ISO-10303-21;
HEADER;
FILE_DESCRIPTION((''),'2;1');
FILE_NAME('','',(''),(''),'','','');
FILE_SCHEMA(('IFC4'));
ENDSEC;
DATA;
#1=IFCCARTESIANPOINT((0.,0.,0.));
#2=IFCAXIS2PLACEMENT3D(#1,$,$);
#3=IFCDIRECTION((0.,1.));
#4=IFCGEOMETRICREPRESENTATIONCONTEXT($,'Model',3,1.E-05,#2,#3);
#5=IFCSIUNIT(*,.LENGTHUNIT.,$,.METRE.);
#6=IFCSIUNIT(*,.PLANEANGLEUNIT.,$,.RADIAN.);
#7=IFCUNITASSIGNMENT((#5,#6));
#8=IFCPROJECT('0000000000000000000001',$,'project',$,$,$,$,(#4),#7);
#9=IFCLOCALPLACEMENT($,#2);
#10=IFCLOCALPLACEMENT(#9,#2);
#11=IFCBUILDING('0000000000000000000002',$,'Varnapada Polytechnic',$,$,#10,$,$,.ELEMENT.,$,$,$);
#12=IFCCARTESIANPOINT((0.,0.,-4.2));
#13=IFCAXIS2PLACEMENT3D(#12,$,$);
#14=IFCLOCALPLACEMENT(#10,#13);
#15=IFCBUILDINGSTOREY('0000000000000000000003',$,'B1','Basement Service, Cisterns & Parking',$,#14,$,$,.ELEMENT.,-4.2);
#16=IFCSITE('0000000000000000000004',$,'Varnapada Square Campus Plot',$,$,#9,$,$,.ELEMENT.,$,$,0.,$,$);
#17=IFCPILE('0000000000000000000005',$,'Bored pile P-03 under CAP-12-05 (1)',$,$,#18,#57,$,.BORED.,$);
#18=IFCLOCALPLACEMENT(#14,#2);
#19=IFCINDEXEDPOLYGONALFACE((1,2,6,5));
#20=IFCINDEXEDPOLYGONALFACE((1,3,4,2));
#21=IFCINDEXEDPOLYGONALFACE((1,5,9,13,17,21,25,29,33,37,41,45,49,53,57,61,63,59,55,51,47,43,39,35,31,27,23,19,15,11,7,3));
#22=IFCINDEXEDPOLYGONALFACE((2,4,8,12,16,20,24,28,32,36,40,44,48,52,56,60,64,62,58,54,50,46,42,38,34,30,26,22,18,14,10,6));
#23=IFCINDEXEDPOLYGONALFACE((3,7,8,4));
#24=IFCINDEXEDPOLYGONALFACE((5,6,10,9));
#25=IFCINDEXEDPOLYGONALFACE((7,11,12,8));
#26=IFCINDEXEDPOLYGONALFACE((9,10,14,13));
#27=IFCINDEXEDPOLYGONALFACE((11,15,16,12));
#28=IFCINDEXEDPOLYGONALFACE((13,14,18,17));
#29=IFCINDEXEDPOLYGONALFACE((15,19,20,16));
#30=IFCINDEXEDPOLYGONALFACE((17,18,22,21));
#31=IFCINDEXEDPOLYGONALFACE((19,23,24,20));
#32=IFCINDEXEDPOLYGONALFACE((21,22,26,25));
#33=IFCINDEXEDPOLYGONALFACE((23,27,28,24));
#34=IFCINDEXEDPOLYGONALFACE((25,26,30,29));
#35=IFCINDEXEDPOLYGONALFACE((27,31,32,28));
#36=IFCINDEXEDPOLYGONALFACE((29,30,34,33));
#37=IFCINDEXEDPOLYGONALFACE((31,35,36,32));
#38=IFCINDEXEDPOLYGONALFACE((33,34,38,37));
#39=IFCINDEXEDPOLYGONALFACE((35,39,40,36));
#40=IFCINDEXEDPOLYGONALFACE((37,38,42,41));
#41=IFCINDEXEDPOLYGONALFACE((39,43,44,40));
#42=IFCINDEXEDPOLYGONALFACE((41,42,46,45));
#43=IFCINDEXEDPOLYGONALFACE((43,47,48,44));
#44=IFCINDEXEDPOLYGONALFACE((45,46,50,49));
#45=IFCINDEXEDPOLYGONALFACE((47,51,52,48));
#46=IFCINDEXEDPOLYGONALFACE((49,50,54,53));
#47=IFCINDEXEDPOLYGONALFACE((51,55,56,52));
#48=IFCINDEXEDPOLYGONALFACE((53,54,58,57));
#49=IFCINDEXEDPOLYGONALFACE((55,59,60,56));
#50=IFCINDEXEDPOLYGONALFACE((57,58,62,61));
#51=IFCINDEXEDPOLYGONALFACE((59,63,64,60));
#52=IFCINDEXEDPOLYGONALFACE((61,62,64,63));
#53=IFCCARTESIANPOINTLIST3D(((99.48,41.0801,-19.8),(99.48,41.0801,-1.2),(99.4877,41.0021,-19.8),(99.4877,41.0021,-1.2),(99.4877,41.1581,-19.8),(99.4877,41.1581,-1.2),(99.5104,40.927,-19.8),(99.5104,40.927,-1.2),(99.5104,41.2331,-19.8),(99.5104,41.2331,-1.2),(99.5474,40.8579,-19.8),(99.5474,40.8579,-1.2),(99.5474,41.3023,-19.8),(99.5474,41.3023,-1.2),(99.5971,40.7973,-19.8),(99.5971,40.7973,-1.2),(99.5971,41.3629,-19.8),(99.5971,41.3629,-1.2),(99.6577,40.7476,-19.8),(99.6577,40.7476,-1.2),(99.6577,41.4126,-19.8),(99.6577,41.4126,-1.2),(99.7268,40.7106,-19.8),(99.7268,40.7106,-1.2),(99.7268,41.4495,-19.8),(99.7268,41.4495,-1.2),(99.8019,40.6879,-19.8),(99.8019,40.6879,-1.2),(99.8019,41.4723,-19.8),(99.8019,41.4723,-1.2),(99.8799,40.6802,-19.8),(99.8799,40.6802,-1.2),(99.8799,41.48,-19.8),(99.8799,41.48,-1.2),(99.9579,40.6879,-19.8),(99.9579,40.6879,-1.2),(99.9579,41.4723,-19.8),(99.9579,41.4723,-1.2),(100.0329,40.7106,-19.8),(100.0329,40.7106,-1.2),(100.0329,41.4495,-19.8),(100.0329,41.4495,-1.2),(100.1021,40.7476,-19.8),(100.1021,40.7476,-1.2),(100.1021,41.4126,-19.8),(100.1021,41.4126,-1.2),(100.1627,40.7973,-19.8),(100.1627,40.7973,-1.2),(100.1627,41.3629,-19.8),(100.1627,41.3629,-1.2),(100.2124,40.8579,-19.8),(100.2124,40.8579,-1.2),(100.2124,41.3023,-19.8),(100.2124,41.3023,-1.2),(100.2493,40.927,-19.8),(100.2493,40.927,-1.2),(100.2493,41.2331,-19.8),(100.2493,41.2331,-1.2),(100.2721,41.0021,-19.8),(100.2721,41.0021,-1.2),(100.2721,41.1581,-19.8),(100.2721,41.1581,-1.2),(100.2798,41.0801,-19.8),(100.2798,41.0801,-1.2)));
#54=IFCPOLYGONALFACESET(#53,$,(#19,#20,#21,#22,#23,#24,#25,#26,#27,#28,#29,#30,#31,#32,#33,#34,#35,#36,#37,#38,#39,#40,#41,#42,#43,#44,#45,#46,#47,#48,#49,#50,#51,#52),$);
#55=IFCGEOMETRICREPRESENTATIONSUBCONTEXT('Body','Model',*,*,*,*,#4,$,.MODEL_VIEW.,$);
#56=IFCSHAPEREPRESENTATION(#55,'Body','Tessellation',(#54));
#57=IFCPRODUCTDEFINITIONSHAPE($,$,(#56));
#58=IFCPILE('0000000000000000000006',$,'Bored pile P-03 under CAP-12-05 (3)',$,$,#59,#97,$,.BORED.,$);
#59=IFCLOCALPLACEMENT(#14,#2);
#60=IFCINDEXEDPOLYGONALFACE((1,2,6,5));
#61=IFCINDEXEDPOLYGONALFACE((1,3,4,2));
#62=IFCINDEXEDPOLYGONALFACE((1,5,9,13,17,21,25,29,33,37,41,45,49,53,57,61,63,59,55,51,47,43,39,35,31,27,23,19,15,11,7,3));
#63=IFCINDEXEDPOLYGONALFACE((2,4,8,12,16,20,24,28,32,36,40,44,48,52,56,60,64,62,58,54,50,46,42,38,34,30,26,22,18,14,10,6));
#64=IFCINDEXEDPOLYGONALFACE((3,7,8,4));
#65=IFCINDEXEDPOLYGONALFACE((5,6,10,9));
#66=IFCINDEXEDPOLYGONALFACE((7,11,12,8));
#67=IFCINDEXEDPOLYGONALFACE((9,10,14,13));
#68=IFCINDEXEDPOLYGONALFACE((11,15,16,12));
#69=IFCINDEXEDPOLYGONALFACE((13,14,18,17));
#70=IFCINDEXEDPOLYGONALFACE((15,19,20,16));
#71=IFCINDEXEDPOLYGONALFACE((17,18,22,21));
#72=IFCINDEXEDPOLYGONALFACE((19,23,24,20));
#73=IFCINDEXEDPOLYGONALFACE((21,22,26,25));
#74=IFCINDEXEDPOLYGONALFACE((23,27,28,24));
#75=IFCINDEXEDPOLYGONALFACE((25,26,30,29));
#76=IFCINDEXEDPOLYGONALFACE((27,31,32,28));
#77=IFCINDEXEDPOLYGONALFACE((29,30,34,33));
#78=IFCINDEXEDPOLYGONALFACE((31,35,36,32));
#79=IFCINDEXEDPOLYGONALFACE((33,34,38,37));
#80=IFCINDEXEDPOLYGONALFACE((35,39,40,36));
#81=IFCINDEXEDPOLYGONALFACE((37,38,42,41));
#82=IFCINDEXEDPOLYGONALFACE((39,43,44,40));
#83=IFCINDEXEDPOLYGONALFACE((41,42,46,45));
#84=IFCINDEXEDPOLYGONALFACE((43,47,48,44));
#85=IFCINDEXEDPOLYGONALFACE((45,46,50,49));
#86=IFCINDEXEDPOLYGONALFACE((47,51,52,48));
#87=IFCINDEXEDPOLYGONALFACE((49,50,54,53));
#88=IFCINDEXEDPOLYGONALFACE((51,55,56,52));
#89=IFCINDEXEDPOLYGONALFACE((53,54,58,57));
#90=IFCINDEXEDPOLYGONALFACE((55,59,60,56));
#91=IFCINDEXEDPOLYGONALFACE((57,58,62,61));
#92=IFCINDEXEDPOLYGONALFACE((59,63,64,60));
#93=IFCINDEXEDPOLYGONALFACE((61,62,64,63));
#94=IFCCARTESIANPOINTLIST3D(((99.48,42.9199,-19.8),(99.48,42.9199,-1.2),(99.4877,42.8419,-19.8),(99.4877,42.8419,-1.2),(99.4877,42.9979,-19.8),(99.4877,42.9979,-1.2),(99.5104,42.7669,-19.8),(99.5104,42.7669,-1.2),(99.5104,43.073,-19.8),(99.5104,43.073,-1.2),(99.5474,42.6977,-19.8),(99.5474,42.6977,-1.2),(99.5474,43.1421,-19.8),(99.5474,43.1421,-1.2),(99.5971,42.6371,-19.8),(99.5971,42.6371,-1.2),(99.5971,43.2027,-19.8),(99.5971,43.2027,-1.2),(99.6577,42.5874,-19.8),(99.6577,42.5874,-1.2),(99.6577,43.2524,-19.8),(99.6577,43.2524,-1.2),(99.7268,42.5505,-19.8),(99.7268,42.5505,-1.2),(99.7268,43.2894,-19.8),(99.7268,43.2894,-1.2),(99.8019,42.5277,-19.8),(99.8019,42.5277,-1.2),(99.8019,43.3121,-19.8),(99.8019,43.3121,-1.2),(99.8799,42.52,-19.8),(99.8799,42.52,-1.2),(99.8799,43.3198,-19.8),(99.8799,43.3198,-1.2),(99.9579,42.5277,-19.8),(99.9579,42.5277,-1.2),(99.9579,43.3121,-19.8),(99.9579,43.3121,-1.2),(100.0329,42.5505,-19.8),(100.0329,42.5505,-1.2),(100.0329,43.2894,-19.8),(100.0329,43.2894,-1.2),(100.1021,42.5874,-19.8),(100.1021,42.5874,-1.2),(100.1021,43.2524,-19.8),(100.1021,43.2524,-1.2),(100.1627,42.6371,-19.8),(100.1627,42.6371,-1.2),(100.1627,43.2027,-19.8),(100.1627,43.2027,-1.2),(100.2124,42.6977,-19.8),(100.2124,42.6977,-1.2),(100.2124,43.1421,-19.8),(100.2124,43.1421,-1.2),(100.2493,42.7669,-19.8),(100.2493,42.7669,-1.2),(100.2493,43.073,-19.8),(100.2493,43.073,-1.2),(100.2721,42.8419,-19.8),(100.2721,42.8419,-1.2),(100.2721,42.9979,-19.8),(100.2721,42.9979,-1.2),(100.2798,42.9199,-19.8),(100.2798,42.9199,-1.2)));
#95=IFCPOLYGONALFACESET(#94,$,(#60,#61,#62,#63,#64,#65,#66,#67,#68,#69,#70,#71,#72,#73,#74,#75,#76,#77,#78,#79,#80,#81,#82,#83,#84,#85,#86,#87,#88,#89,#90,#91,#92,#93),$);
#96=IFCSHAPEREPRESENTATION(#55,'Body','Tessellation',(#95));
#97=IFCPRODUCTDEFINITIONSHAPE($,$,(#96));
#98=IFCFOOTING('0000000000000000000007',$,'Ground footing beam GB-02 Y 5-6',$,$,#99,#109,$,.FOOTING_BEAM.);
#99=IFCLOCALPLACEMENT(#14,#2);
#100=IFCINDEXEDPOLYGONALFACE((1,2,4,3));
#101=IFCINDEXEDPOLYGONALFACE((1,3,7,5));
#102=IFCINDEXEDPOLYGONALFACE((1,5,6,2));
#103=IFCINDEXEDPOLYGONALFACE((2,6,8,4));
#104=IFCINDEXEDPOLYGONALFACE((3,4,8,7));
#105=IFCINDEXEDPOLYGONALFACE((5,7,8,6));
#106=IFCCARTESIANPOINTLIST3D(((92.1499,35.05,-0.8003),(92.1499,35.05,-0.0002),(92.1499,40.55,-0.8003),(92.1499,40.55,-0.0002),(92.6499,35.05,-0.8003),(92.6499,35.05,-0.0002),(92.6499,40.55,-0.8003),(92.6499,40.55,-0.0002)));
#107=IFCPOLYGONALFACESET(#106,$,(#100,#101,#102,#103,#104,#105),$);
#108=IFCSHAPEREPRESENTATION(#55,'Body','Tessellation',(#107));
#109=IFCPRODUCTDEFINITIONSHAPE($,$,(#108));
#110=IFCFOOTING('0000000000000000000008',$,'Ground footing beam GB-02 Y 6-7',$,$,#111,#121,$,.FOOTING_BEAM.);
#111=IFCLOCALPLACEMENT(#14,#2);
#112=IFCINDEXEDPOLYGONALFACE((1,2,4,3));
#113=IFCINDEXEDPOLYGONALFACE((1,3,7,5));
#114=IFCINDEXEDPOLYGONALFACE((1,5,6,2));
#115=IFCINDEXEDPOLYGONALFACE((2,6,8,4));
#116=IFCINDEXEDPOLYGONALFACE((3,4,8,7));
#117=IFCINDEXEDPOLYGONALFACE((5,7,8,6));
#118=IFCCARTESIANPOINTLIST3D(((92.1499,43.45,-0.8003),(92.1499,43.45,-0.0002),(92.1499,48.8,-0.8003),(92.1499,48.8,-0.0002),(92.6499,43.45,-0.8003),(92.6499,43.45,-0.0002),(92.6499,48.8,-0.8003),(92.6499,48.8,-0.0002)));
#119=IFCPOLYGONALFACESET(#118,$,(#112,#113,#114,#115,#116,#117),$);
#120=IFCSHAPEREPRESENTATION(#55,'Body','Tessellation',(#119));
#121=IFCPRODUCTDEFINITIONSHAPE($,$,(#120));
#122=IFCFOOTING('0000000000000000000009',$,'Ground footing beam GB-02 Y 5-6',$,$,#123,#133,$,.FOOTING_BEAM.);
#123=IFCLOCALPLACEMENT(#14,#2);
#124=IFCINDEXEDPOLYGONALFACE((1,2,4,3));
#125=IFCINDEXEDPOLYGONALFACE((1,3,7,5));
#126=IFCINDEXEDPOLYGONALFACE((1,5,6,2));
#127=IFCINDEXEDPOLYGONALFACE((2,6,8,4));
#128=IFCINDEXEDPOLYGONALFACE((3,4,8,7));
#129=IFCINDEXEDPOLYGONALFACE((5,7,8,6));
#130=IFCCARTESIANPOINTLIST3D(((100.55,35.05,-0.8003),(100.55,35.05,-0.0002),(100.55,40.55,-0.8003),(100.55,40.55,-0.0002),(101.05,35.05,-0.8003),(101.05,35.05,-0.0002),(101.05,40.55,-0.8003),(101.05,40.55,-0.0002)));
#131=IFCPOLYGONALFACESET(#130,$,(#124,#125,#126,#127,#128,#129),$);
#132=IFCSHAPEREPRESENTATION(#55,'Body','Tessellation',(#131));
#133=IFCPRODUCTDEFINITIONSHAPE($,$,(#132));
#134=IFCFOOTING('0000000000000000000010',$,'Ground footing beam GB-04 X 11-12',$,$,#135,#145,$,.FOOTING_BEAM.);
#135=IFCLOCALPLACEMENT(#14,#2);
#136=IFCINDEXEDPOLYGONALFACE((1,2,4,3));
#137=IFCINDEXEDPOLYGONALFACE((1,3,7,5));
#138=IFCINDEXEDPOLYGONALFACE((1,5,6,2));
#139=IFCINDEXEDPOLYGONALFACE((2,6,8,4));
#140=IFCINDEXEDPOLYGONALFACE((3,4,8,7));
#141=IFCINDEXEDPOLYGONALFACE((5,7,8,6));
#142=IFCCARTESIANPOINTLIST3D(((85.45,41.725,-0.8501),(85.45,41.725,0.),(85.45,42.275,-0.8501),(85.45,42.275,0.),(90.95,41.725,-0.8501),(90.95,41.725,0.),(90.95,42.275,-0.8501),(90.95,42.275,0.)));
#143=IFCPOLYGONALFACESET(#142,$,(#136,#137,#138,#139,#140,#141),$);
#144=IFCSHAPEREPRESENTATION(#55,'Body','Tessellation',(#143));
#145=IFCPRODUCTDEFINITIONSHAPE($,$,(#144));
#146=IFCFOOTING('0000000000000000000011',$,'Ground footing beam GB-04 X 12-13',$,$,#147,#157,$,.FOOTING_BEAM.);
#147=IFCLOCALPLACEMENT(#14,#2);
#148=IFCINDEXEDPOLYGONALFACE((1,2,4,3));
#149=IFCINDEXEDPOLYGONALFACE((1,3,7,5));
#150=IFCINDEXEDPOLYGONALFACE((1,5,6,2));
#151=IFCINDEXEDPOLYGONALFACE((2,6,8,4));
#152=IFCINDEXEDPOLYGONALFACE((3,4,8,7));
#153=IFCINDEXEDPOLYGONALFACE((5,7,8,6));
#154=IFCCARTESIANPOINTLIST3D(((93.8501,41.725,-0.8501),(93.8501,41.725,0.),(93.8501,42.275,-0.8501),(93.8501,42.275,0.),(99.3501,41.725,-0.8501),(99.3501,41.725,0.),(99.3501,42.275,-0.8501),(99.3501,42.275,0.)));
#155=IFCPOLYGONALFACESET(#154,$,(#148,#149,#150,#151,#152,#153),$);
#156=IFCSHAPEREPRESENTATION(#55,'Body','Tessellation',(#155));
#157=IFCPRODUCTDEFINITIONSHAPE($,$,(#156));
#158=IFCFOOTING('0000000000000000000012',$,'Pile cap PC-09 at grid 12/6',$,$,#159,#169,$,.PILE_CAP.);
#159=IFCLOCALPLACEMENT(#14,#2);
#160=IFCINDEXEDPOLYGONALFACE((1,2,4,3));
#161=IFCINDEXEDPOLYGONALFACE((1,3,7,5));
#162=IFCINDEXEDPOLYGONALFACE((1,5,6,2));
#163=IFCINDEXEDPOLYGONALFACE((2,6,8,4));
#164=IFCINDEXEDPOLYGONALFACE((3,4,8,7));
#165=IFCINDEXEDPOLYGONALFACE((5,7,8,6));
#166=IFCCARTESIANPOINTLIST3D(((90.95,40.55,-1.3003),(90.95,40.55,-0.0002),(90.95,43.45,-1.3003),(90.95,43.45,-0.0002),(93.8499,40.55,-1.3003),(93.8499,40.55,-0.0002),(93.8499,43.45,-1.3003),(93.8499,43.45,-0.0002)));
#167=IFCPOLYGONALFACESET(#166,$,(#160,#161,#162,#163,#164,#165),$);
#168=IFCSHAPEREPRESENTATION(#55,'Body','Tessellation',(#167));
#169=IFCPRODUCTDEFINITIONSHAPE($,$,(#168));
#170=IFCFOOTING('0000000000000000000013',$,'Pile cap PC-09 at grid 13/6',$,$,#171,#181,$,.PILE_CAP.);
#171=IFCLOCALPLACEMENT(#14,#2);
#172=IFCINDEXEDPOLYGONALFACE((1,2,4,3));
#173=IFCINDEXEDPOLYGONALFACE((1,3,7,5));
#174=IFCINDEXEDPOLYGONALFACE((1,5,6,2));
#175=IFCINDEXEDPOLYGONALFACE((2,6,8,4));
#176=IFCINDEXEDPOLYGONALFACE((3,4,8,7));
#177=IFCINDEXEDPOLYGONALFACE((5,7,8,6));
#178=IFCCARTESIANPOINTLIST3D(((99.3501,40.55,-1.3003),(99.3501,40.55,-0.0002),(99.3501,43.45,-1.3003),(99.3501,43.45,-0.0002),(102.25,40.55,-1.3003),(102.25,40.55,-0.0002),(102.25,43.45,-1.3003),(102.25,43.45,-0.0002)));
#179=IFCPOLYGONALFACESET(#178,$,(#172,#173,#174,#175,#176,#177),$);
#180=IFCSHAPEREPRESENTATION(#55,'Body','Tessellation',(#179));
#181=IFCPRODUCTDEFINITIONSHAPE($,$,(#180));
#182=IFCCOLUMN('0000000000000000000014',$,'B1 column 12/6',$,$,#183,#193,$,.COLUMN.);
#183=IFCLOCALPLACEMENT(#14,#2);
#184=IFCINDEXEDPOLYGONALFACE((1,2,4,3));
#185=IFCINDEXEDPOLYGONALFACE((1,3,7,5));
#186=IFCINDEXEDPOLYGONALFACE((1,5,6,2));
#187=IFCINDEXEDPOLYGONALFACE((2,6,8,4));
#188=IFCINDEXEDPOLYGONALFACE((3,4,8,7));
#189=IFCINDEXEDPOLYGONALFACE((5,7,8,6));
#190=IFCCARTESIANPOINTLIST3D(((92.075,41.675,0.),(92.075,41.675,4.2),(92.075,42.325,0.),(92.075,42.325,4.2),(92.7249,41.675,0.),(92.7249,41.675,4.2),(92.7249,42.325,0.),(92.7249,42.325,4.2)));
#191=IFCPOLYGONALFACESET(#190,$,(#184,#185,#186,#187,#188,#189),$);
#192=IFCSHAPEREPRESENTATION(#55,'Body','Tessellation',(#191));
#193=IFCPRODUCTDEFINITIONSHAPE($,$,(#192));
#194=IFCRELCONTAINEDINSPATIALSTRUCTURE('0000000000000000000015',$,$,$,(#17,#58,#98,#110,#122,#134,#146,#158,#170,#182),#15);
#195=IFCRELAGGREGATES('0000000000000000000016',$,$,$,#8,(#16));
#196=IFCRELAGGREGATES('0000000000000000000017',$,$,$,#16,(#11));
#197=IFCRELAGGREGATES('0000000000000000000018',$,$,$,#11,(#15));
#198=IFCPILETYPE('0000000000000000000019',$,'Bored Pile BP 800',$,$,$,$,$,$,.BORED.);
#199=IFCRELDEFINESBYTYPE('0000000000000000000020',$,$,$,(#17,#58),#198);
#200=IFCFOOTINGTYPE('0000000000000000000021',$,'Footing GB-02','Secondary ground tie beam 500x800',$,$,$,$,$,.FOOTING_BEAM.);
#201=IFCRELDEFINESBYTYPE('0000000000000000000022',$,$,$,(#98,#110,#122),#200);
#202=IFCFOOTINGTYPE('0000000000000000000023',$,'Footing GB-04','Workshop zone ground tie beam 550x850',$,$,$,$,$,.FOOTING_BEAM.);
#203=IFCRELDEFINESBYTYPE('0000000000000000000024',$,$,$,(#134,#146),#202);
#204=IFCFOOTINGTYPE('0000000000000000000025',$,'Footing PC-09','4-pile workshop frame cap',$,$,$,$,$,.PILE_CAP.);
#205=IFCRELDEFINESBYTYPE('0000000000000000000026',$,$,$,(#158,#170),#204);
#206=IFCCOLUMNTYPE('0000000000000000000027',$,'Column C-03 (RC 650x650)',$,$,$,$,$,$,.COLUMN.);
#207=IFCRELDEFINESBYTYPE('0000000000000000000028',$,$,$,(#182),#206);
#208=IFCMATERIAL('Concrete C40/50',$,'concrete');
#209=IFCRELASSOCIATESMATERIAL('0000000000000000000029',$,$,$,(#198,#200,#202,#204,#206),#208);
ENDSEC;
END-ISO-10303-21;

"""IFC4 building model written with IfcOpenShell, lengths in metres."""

from ifc_helpers import new_model, si_unit, direction, frame, origin, origin_2d, place, context, subcontext, project, spatial, rectangle, circle, extrude, material, material_profile, profile_set, type_object, element, save


model = new_model("IFC4")

# Units and contexts
model_context = context("Model", 3, precision=1e-05, world=origin(), true_north=direction((0.0, 1.0)))
body_context = subcontext(model_context, "Body", "Model", "MODEL_VIEW")
ifc_project = project(units=[si_unit("LENGTHUNIT", "METRE"), si_unit("PLANEANGLEUNIT", "RADIAN")], contexts=[model_context])

# Site, building, storey
site_placement = place(None, origin())
site = spatial("IfcSite", under=ifc_project, at=site_placement, Name="Varnapada Square Campus Plot", CompositionType="ELEMENT", RefElevation=0.0)
building_placement = place(site_placement, origin())
building = spatial("IfcBuilding", under=site, at=building_placement, Name="Varnapada Polytechnic", CompositionType="ELEMENT")
storey_placement = place(building_placement, frame((0.0, 0.0, -4.2)))
storey = spatial("IfcBuildingStorey", under=building, at=storey_placement, Name="B1", Description="Basement Service, Cisterns & Parking", CompositionType="ELEMENT", Elevation=-4.2)

# Piles
ifc_material_1 = material(Name="Concrete C40/50", Category="concrete")
ifc_material_profile_1 = material_profile(ifc_material_1, circle(Radius=0.3999, at=origin_2d()), Name="BP 800")
ifc_profile_set_1 = profile_set([ifc_material_profile_1], Name="Concrete C40/50")
pile_type = type_object("IfcPileType", Name="Bored Pile BP 800", PredefinedType="BORED", material=ifc_profile_set_1)
for number, where, z_axis, x_axis, name in (
    (1, (99.8799, 41.0801, -1.2), (0.0, 0.0, -1.0), (1.0, 0.0, 0.0), "Bored pile P-03 under CAP-12-05 (1)"),
    (2, (99.8799, 42.9199, -1.2), (0.0, 0.0, -1.0), (1.0, 0.0, 0.0), "Bored pile P-03 under CAP-12-05 (3)"),
):
    element("IfcPile", number, at=place(storey_placement, frame(where, z_axis=z_axis, x_axis=x_axis)), inside=storey, type_object=pile_type, Name=name, PredefinedType="BORED", context=body_context, shape_type="SweptSolid", body=[
        extrude(circle(Radius=0.3999, at=origin_2d()), origin(), (0.0, 0.0, 1.0), 18.6001),
    ])

# Footings
footing_type_1 = type_object("IfcFootingType", Name="Footing GB-02", Description="Secondary ground tie beam 500x800", PredefinedType="FOOTING_BEAM", material=ifc_material_1)
footing_1_placement = place(storey_placement, frame((92.3999, 37.8, -0.8003), z_axis=(0.0, 0.0, 1.0), x_axis=(0.0, 1.0, 0.0)))
element("IfcFooting", 3, at=footing_1_placement, inside=storey, type_object=footing_type_1, Name="Ground footing beam GB-02 Y 5-6", PredefinedType="FOOTING_BEAM", context=body_context, shape_type="SweptSolid", body=[
    extrude(rectangle(XDim=5.5, YDim=0.5, at=origin_2d()), origin(), (0.0, 0.0, 1.0), 0.8),
])
footing_2_placement = place(storey_placement, frame((92.3999, 46.125, -0.8003), z_axis=(0.0, 0.0, 1.0), x_axis=(0.0, 1.0, 0.0)))
element("IfcFooting", 4, at=footing_2_placement, inside=storey, type_object=footing_type_1, Name="Ground footing beam GB-02 Y 6-7", PredefinedType="FOOTING_BEAM", context=body_context, shape_type="SweptSolid", body=[
    extrude(rectangle(XDim=5.3501, YDim=0.5, at=origin_2d()), origin(), (0.0, 0.0, 1.0), 0.8),
])
footing_3_placement = place(storey_placement, frame((100.8, 37.8, -0.8003), z_axis=(0.0, 0.0, 1.0), x_axis=(0.0, 1.0, 0.0)))
element("IfcFooting", 5, at=footing_3_placement, inside=storey, type_object=footing_type_1, Name="Ground footing beam GB-02 Y 5-6", PredefinedType="FOOTING_BEAM", context=body_context, shape_type="SweptSolid", body=[
    extrude(rectangle(XDim=5.5, YDim=0.5, at=origin_2d()), origin(), (0.0, 0.0, 1.0), 0.8),
])
footing_type_2 = type_object("IfcFootingType", Name="Footing GB-04", Description="Workshop zone ground tie beam 550x850", PredefinedType="FOOTING_BEAM", material=ifc_material_1)
for number, where, z_axis, x_axis, name in (
    (6, (88.2, 42.0, -0.8501), (0.0, 0.0, 1.0), (1.0, 0.0, 0.0), "Ground footing beam GB-04 X 11-12"),
    (7, (96.6001, 42.0, -0.8501), (0.0, 0.0, 1.0), (1.0, 0.0, 0.0), "Ground footing beam GB-04 X 12-13"),
):
    element("IfcFooting", number, at=place(storey_placement, frame(where, z_axis=z_axis, x_axis=x_axis)), inside=storey, type_object=footing_type_2, Name=name, PredefinedType="FOOTING_BEAM", context=body_context, shape_type="SweptSolid", body=[
        extrude(rectangle(XDim=5.5, YDim=0.55, at=origin_2d()), origin(), (0.0, 0.0, 1.0), 0.8501),
    ])
footing_type_3 = type_object("IfcFootingType", Name="Footing PC-09", Description="4-pile workshop frame cap", PredefinedType="PILE_CAP", material=ifc_material_1)
for number, where, z_axis, x_axis, name in (
    (8, (92.3999, 42.0, -1.3003), (0.0, 0.0, 1.0), (1.0, 0.0, 0.0), "Pile cap PC-09 at grid 12/6"),
    (9, (100.8, 42.0, -1.3003), (0.0, 0.0, 1.0), (1.0, 0.0, 0.0), "Pile cap PC-09 at grid 13/6"),
):
    element("IfcFooting", number, at=place(storey_placement, frame(where, z_axis=z_axis, x_axis=x_axis)), inside=storey, type_object=footing_type_3, Name=name, PredefinedType="PILE_CAP", context=body_context, shape_type="SweptSolid", body=[
        extrude(rectangle(XDim=2.8999, YDim=2.8999, at=origin_2d()), origin(), (0.0, 0.0, 1.0), 1.3),
    ])

# Column
ifc_material_profile_2 = material_profile(ifc_material_1, rectangle(XDim=0.6499, YDim=0.6499, at=origin_2d()), Name="RC 650x650")
ifc_profile_set_2 = profile_set([ifc_material_profile_2], Name="Concrete C40/50")
column_type = type_object("IfcColumnType", Name="Column C-03 (RC 650x650)", PredefinedType="COLUMN", material=ifc_profile_set_2)
column_placement = place(storey_placement, frame((92.3999, 42.0, 0.0), z_axis=(0.0, 0.0, 1.0), x_axis=(1.0, 0.0, 0.0)))
element("IfcColumn", 10, at=column_placement, inside=storey, type_object=column_type, Name="B1 column 12/6", PredefinedType="COLUMN", context=body_context, shape_type="SweptSolid", body=[
    extrude(rectangle(XDim=0.6499, YDim=0.6499, at=origin_2d()), origin(), (0.0, 0.0, 1.0), 4.2),
])

save(model, "model.ifc")
